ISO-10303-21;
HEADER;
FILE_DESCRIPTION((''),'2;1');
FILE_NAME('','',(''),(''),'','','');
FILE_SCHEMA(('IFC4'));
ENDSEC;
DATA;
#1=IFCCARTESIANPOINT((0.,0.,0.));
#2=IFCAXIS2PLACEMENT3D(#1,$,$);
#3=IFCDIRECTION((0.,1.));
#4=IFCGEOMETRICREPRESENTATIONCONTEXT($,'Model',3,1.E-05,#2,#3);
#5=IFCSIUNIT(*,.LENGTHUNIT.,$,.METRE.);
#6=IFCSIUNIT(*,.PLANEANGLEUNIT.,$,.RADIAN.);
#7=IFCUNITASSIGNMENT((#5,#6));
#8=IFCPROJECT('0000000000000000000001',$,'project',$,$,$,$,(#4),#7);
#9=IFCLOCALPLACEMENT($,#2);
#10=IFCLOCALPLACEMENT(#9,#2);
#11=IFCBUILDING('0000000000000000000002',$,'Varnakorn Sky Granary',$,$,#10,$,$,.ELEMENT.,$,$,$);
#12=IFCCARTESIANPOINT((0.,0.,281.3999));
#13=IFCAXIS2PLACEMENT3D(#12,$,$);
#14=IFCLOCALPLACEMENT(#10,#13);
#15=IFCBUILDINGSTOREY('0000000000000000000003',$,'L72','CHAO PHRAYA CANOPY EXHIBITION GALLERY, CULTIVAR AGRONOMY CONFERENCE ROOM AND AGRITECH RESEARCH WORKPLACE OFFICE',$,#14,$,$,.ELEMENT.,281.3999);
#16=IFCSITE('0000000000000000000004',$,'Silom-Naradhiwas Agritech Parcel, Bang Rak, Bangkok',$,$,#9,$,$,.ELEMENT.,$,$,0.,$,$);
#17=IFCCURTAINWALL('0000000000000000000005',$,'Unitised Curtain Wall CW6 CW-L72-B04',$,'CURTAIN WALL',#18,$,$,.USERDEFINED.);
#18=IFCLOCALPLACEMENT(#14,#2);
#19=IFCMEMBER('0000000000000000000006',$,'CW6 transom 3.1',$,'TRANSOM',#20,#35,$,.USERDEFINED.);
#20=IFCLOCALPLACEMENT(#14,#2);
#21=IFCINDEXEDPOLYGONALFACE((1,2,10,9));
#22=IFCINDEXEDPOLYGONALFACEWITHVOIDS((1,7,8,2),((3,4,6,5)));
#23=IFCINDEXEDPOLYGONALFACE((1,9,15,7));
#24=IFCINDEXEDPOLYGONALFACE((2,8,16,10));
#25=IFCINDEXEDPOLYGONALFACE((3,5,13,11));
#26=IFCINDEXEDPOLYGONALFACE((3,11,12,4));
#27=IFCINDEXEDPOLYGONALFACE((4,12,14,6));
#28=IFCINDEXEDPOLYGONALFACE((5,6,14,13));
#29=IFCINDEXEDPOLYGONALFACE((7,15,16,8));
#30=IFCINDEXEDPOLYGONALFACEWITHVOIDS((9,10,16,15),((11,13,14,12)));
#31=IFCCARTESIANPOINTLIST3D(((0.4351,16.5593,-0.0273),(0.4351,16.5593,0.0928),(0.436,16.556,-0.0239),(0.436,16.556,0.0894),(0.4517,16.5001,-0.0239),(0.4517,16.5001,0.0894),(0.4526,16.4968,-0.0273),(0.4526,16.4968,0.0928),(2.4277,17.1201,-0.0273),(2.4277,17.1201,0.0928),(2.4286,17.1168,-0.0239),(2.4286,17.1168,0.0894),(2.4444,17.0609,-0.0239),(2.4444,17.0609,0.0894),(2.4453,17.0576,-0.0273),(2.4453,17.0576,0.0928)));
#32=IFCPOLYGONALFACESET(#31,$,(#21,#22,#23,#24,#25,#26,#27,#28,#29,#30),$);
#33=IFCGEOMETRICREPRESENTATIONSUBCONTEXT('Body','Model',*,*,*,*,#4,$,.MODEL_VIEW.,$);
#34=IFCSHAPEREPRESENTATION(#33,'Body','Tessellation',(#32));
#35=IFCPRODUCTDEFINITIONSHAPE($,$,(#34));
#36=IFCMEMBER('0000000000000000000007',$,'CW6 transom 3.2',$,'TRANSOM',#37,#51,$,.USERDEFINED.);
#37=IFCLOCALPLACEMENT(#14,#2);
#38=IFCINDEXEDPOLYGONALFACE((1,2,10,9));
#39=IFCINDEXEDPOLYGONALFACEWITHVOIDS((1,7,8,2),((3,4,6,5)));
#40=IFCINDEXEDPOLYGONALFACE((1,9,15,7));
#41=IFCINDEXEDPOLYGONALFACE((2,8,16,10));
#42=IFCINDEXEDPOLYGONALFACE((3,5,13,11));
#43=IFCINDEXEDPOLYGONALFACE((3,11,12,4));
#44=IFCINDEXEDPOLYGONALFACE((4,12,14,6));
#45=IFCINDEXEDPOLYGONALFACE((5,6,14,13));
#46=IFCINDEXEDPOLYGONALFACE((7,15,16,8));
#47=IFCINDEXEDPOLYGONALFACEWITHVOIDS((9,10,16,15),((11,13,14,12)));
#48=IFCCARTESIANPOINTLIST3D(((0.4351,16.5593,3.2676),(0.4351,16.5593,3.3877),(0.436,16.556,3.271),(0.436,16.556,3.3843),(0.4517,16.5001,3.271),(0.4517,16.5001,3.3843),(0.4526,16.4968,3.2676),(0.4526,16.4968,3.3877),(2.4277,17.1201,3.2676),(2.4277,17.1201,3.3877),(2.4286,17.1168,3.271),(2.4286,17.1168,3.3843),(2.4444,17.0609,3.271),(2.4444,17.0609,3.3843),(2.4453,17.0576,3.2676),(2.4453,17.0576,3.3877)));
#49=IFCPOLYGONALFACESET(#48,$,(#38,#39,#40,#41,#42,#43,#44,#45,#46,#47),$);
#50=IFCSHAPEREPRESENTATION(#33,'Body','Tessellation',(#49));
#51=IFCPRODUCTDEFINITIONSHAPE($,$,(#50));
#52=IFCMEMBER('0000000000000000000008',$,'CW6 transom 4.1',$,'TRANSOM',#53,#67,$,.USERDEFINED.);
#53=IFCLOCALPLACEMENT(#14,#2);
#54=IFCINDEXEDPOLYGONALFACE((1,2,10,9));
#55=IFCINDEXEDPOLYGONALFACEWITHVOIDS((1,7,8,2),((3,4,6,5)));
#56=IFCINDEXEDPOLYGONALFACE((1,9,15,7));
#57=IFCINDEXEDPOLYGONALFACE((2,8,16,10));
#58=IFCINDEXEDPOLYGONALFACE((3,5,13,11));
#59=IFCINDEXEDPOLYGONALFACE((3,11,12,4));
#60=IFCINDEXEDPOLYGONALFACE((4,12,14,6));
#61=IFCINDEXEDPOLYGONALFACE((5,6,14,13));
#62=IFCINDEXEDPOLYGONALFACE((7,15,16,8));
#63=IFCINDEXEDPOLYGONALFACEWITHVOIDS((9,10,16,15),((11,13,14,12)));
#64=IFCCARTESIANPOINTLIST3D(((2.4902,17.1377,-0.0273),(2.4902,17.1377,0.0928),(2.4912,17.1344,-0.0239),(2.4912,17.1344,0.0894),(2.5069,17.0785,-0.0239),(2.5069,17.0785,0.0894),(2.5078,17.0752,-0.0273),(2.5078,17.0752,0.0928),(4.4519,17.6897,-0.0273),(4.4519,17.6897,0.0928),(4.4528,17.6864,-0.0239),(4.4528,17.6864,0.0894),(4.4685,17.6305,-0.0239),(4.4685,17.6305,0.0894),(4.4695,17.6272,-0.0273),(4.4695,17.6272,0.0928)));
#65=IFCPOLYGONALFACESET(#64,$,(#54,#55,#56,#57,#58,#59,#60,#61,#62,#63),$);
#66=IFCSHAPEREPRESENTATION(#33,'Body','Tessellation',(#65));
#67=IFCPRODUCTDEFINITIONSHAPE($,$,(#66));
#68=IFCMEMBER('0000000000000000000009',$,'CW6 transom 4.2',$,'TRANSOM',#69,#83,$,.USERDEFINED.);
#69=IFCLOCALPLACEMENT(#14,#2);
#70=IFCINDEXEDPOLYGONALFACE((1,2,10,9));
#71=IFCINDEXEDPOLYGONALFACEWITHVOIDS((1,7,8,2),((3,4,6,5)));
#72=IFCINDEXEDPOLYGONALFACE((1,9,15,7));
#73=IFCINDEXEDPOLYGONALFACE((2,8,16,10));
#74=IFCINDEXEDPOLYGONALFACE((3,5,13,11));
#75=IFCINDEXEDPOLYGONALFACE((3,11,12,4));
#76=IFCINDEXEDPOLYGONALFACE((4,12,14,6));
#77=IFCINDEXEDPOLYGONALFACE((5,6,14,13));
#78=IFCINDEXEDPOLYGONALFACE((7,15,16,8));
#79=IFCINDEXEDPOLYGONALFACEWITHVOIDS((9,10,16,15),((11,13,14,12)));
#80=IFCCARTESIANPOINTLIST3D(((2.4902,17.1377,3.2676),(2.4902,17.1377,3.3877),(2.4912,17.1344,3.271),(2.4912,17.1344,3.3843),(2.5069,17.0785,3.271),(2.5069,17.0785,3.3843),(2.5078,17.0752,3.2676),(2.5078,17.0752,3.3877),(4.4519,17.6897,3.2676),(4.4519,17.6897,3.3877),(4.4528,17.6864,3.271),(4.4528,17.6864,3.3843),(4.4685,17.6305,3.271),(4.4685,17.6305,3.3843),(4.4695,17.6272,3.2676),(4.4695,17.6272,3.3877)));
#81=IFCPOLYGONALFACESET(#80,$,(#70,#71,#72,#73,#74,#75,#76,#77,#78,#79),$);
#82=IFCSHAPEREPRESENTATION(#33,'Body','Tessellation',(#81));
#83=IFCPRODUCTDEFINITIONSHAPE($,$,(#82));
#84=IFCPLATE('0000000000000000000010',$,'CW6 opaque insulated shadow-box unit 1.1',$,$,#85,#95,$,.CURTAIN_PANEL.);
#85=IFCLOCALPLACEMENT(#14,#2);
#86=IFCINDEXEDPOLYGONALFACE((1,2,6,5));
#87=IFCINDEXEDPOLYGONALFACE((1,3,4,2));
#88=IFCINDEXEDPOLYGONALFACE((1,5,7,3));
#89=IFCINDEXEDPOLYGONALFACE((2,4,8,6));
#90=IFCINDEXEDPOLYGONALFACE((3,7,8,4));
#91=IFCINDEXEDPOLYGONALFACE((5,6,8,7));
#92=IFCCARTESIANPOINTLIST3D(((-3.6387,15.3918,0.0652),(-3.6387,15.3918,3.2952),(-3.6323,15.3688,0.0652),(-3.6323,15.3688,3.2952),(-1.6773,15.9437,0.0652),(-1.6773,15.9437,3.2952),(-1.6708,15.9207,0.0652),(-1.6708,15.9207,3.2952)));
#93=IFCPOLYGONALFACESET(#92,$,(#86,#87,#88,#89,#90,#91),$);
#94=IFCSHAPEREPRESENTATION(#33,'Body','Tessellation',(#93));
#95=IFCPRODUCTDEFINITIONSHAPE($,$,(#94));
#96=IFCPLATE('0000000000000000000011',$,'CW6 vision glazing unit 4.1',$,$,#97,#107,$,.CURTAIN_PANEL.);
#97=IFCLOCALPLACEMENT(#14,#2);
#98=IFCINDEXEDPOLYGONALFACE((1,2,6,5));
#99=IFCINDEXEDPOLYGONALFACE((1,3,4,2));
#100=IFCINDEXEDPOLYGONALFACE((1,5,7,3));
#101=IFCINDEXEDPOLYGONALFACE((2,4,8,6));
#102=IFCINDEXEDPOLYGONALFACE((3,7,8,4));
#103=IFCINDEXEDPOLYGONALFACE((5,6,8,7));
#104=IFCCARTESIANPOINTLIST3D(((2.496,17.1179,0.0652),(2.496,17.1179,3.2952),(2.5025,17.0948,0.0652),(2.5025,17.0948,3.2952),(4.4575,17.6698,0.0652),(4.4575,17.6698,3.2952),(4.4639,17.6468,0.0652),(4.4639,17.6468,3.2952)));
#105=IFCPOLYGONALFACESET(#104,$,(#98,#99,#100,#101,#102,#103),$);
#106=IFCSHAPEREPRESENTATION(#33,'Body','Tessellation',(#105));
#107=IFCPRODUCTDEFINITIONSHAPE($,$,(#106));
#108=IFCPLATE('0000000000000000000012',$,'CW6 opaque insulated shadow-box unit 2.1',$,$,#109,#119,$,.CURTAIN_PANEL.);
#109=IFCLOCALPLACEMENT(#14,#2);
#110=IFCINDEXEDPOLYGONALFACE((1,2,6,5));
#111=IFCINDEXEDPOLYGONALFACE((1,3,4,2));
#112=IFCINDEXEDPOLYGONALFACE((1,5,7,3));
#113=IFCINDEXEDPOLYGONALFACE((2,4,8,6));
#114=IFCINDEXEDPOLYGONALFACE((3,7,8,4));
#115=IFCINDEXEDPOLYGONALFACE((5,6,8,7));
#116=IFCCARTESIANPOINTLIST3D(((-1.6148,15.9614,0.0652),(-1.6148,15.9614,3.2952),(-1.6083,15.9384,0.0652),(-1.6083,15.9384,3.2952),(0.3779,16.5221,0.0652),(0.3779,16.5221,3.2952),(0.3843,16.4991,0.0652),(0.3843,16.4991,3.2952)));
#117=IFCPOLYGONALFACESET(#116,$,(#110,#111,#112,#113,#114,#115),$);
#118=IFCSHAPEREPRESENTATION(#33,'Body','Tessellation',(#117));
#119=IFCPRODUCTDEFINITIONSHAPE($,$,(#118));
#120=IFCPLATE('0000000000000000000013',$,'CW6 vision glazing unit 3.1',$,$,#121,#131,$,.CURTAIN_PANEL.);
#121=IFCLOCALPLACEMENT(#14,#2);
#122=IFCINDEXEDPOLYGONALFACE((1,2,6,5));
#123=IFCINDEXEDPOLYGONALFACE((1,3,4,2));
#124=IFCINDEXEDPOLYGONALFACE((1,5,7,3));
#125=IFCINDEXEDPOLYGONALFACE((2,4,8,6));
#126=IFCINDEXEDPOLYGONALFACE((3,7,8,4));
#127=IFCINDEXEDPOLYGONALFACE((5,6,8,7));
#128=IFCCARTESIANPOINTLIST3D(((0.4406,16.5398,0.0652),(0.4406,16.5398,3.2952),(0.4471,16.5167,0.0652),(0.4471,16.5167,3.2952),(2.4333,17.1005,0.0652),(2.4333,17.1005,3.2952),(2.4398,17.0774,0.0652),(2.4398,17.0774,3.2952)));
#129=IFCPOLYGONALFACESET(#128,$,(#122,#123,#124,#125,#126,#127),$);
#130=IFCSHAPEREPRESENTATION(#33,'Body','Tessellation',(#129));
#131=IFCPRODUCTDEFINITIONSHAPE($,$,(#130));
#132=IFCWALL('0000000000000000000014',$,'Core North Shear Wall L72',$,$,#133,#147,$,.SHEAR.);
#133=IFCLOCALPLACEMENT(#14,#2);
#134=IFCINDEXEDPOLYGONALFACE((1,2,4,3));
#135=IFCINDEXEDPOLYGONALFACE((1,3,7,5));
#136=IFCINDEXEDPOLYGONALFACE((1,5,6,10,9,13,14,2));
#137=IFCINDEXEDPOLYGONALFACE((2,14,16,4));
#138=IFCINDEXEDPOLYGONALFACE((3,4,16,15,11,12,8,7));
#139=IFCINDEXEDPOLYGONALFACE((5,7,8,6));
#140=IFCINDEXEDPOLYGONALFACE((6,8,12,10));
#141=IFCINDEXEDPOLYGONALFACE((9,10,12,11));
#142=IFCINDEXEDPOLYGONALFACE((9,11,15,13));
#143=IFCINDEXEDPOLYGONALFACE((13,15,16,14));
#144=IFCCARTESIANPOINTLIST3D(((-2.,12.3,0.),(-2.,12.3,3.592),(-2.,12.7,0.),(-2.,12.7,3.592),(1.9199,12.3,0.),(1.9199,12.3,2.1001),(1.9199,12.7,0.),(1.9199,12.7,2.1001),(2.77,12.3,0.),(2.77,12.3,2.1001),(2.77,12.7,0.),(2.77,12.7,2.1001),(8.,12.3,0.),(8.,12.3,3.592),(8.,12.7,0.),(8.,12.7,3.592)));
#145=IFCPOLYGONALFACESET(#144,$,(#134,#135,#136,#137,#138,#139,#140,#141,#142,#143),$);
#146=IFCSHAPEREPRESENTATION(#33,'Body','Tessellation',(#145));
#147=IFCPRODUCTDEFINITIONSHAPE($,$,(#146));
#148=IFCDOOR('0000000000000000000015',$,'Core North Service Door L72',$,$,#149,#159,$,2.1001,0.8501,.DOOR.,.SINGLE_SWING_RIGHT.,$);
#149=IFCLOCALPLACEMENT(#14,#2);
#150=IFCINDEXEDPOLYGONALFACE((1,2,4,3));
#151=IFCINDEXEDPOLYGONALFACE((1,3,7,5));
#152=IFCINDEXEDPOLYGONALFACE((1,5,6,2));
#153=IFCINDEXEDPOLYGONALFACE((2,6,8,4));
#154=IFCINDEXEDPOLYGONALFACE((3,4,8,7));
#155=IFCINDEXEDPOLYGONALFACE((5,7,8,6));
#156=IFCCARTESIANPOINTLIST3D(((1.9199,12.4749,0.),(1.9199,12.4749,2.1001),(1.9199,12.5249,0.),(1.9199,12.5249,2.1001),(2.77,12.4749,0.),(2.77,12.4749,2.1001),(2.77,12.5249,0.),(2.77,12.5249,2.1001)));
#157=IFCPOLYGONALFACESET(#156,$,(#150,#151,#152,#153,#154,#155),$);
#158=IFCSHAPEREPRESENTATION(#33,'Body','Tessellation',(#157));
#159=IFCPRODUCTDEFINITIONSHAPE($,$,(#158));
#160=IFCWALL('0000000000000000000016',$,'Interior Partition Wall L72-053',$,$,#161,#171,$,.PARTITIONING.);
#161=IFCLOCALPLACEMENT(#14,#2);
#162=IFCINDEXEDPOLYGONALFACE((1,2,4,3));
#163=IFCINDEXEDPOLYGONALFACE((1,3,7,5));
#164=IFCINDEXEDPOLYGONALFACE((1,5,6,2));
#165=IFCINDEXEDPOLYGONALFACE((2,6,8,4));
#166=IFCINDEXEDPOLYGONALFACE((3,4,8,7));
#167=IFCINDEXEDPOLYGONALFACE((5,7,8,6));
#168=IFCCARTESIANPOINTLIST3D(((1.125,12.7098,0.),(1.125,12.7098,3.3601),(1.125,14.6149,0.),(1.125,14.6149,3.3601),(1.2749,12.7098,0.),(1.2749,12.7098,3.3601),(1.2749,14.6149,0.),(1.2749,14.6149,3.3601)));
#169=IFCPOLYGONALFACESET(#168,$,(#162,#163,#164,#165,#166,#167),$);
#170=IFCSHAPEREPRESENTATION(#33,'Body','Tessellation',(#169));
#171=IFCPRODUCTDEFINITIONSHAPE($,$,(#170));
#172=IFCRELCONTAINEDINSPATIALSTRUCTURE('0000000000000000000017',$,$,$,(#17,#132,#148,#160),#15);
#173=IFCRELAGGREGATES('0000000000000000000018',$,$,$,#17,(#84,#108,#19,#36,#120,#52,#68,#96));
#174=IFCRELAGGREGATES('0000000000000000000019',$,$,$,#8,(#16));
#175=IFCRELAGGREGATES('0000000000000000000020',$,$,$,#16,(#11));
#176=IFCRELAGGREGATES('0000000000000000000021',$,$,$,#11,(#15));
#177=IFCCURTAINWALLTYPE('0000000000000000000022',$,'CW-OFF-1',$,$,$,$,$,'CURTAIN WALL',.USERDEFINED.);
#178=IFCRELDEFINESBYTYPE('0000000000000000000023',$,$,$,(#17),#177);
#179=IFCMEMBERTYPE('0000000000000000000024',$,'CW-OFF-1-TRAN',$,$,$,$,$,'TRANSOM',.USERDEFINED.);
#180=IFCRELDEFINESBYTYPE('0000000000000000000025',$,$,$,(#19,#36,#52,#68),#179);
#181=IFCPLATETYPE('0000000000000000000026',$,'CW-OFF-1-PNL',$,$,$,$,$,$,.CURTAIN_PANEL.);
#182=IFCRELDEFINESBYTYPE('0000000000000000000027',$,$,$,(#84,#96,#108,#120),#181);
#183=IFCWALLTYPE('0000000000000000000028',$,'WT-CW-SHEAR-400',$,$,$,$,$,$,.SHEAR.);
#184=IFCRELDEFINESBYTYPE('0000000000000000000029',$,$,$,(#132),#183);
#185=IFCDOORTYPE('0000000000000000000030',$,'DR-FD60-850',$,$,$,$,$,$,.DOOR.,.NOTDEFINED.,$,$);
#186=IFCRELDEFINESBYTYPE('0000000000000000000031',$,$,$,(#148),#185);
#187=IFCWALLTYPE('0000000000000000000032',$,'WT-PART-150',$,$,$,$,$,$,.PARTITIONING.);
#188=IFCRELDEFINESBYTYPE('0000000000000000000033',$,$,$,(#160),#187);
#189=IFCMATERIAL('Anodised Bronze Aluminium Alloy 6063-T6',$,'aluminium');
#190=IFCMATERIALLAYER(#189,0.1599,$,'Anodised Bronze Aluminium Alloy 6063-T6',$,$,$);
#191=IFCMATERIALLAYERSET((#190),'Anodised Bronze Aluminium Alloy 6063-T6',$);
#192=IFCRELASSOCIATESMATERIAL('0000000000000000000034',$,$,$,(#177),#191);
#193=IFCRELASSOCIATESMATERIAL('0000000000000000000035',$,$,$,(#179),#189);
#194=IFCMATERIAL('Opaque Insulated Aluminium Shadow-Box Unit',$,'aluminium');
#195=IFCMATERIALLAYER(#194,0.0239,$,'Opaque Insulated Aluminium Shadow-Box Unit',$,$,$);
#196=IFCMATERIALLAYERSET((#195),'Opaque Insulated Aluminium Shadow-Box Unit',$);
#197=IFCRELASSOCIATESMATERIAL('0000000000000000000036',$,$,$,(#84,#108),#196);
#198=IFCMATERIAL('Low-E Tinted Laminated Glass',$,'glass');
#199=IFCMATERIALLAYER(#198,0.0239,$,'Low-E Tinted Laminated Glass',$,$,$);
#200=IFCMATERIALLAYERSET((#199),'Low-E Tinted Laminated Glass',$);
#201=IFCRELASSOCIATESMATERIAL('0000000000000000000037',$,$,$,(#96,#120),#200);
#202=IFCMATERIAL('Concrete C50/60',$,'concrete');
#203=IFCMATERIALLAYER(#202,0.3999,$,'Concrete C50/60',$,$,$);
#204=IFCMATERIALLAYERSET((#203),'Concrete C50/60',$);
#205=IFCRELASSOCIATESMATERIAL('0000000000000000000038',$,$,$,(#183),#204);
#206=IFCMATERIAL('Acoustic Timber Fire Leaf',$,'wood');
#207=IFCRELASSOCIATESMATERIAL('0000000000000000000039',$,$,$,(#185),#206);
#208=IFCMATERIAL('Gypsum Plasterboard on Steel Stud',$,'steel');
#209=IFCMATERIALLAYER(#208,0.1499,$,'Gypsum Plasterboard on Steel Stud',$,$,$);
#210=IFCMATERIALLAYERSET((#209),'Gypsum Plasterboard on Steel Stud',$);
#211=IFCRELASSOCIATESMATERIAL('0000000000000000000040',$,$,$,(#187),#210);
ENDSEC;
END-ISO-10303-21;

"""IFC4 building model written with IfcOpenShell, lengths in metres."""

from ifc_helpers import new_model, si_unit, direction, frame, frame_2d, origin, origin_2d, place, context, subcontext, project, spatial, rectangle, hollow_rectangle, extrude, source, transform, mapped, material, layer, layer_set, material_profile, profile_set, type_object, type_shapes, element, fill, aggregate, save


model = new_model("IFC4")

# Units and contexts
model_context = context("Model", 3, precision=1e-05, world=origin(), true_north=direction((0.0, 1.0)))
body_context = subcontext(model_context, "Body", "Model", "MODEL_VIEW")
ifc_project = project(units=[si_unit("LENGTHUNIT", "METRE"), si_unit("PLANEANGLEUNIT", "RADIAN")], contexts=[model_context])

# Site, building, storey
site_placement = place(None, origin())
site = spatial("IfcSite", under=ifc_project, at=site_placement, Name="Silom-Naradhiwas Agritech Parcel, Bang Rak, Bangkok", CompositionType="ELEMENT", RefElevation=0.0)
building_placement = place(site_placement, origin())
building = spatial("IfcBuilding", under=site, at=building_placement, Name="Varnakorn Sky Granary", CompositionType="ELEMENT")
storey_placement = place(building_placement, frame((0.0, 0.0, 281.3999)))
storey = spatial("IfcBuildingStorey", under=building, at=storey_placement, Name="L72", Description="CHAO PHRAYA CANOPY EXHIBITION GALLERY, CULTIVAR AGRONOMY CONFERENCE ROOM AND AGRITECH RESEARCH WORKPLACE OFFICE", CompositionType="ELEMENT", Elevation=281.3999)

# Shared definitions
ifc_material_1 = material(Name="Concrete C50/60", Category="concrete")

# Curtain wall, members, plates
ifc_material_2 = material(Name="Anodised Bronze Aluminium Alloy 6063-T6", Category="aluminium")
ifc_layer_1 = layer(ifc_material_2, 0.1599, Name="Anodised Bronze Aluminium Alloy 6063-T6")
ifc_layer_set_1 = layer_set([ifc_layer_1], Name="Anodised Bronze Aluminium Alloy 6063-T6")
curtain_wall_type = type_object("IfcCurtainWallType", Name="CW-OFF-1", ElementType="CURTAIN WALL", PredefinedType="USERDEFINED", material=ifc_layer_set_1)
curtain_wall_placement = place(storey_placement, origin())
curtain_wall = element("IfcCurtainWall", 1, at=curtain_wall_placement, inside=storey, type_object=curtain_wall_type, Name="Unitised Curtain Wall CW6 CW-L72-B04", ObjectType="CURTAIN WALL", PredefinedType="USERDEFINED")
ifc_material_profile_1 = material_profile(ifc_material_2, hollow_rectangle(XDim=0.0649, YDim=0.1201, WallThickness=0.0034, at=origin_2d()), Name="ALU TRAN 65x120")
ifc_profile_set_1 = profile_set([ifc_material_profile_1], Name="Anodised Bronze Aluminium Alloy 6063-T6")
member_type_1 = type_object("IfcMemberType", Name="CW-OFF-1-TRAN", ElementType="TRANSOM", PredefinedType="USERDEFINED", material=ifc_profile_set_1)
member_1_placement = place(storey_placement, frame((0.4438, 16.5281, 0.0327), z_axis=(0.962607, 0.270903, 0.0), x_axis=(-0.270903, 0.962607, 0.0)))
member_1 = element("IfcMember", 2, at=member_1_placement, type_object=member_type_1, Name="CW6 transom 3.1", ObjectType="TRANSOM", PredefinedType="USERDEFINED", context=body_context, shape_type="SweptSolid", body=[
    extrude(hollow_rectangle(XDim=0.0649, YDim=0.1201, WallThickness=0.0034, at=origin_2d()), origin(), (0.0, 0.0, 1.0), 2.0701),
])
member_2_placement = place(storey_placement, frame((0.4438, 16.5281, 3.3276), z_axis=(0.962607, 0.270903, 0.0), x_axis=(-0.270903, 0.962607, 0.0)))
member_2 = element("IfcMember", 3, at=member_2_placement, type_object=member_type_1, Name="CW6 transom 3.2", ObjectType="TRANSOM", PredefinedType="USERDEFINED", context=body_context, shape_type="SweptSolid", body=[
    extrude(hollow_rectangle(XDim=0.0649, YDim=0.1201, WallThickness=0.0034, at=origin_2d()), origin(), (0.0, 0.0, 1.0), 2.0701),
])
member_3_placement = place(storey_placement, frame((2.499, 17.1064, 0.0327), z_axis=(0.962615, 0.270874, 0.0), x_axis=(-0.270874, 0.962615, 0.0)))
member_3 = element("IfcMember", 4, at=member_3_placement, type_object=member_type_1, Name="CW6 transom 4.1", ObjectType="TRANSOM", PredefinedType="USERDEFINED", context=body_context, shape_type="SweptSolid", body=[
    extrude(hollow_rectangle(XDim=0.0649, YDim=0.1201, WallThickness=0.0034, at=origin_2d()), origin(), (0.0, 0.0, 1.0), 2.0378),
])
member_4_placement = place(storey_placement, frame((2.499, 17.1064, 3.3276), z_axis=(0.962615, 0.270874, 0.0), x_axis=(-0.270874, 0.962615, 0.0)))
member_4 = element("IfcMember", 5, at=member_4_placement, type_object=member_type_1, Name="CW6 transom 4.2", ObjectType="TRANSOM", PredefinedType="USERDEFINED", context=body_context, shape_type="SweptSolid", body=[
    extrude(hollow_rectangle(XDim=0.0649, YDim=0.1201, WallThickness=0.0034, at=origin_2d()), origin(), (0.0, 0.0, 1.0), 2.0378),
])
ifc_material_3 = material(Name="Opaque Insulated Aluminium Shadow-Box Unit", Category="aluminium")
ifc_layer_2 = layer(ifc_material_3, 0.0239, Name="Opaque Insulated Aluminium Shadow-Box Unit")
ifc_layer_set_2 = layer_set([ifc_layer_2], Name="Opaque Insulated Aluminium Shadow-Box Unit")
plate_type = type_object("IfcPlateType", Name="CW-OFF-1-PNL", PredefinedType="CURTAIN_PANEL")
shared_shape_1 = source(origin(), body_context, "Body", "SweptSolid", [
    extrude(rectangle(XDim=2.0376, YDim=0.0239, at=origin_2d()), origin(), (0.0, 0.0, 1.0), 3.23),
])
plate_1_placement = place(storey_placement, frame((-2.6548, 15.6562, 0.0652), z_axis=(0.0, 0.0, 1.0), x_axis=(0.962616, 0.270868, 0.0)))
plate_1 = element("IfcPlate", 6, at=plate_1_placement, type_object=plate_type, material=ifc_layer_set_2, Name="CW6 opaque insulated shadow-box unit 1.1", PredefinedType="CURTAIN_PANEL", context=body_context, shape_type="MappedRepresentation", body=[
    mapped(shared_shape_1, transform((0.0, 0.0, 0.0), x_axis=(1.0, 0.0, 0.0), y_axis=(0.0, 1.0, 0.0), z_axis=(0.0, 0.0, 1.0), scale=1.0)),
])
ifc_material_4 = material(Name="Low-E Tinted Laminated Glass", Category="glass")
ifc_layer_3 = layer(ifc_material_4, 0.0239, Name="Low-E Tinted Laminated Glass")
ifc_layer_set_3 = layer_set([ifc_layer_3], Name="Low-E Tinted Laminated Glass")
plate_2_placement = place(storey_placement, frame((3.48, 17.3823, 0.0652), z_axis=(0.0, 0.0, 1.0), x_axis=(0.962616, 0.270868, 0.0)))
plate_2 = element("IfcPlate", 7, at=plate_2_placement, type_object=plate_type, material=ifc_layer_set_3, Name="CW6 vision glazing unit 4.1", PredefinedType="CURTAIN_PANEL", context=body_context, shape_type="MappedRepresentation", body=[
    mapped(shared_shape_1, transform((0.0, 0.0, 0.0), x_axis=(1.0, 0.0, 0.0), y_axis=(0.0, 1.0, 0.0), z_axis=(0.0, 0.0, 1.0), scale=1.0)),
])
shared_shape_2 = source(origin(), body_context, "Body", "SweptSolid", [
    extrude(rectangle(XDim=2.0701, YDim=0.0239, at=origin_2d()), origin(), (0.0, 0.0, 1.0), 3.23),
])
type_shapes(plate_type, [shared_shape_1, shared_shape_2])
plate_3_placement = place(storey_placement, frame((-0.6152, 16.2302, 0.0652), z_axis=(0.0, 0.0, 1.0), x_axis=(0.962616, 0.270868, 0.0)))
plate_3 = element("IfcPlate", 8, at=plate_3_placement, type_object=plate_type, material=ifc_layer_set_2, Name="CW6 opaque insulated shadow-box unit 2.1", PredefinedType="CURTAIN_PANEL", context=body_context, shape_type="MappedRepresentation", body=[
    mapped(shared_shape_2, transform((0.0, 0.0, 0.0), x_axis=(1.0, 0.0, 0.0), y_axis=(0.0, 1.0, 0.0), z_axis=(0.0, 0.0, 1.0), scale=1.0)),
])
plate_4_placement = place(storey_placement, frame((1.4402, 16.8086, 0.0652), z_axis=(0.0, 0.0, 1.0), x_axis=(0.962616, 0.270868, 0.0)))
plate_4 = element("IfcPlate", 9, at=plate_4_placement, type_object=plate_type, material=ifc_layer_set_3, Name="CW6 vision glazing unit 3.1", PredefinedType="CURTAIN_PANEL", context=body_context, shape_type="MappedRepresentation", body=[
    mapped(shared_shape_2, transform((0.0, 0.0, 0.0), x_axis=(1.0, 0.0, 0.0), y_axis=(0.0, 1.0, 0.0), z_axis=(0.0, 0.0, 1.0), scale=1.0)),
])
aggregate(curtain_wall, [plate_1, plate_3, member_1, member_2, plate_4, member_3, member_4, plate_2])

# Wall, opening, door
ifc_layer_4 = layer(ifc_material_1, 0.3999, Name="Concrete C50/60")
ifc_layer_set_4 = layer_set([ifc_layer_4], Name="Concrete C50/60")
wall_type_1 = type_object("IfcWallType", Name="WT-CW-SHEAR-400", PredefinedType="SHEAR", material=ifc_layer_set_4)
wall_1_placement = place(storey_placement, frame((-2.0, 12.5, 0.0), z_axis=(0.0, 0.0, 1.0), x_axis=(1.0, 0.0, 0.0)))
wall_1 = element("IfcWall", 10, at=wall_1_placement, inside=storey, type_object=wall_type_1, Name="Core North Shear Wall L72", PredefinedType="SHEAR", context=body_context, shape_type="SweptSolid", body=[
    extrude(rectangle(XDim=10.0, YDim=0.3999, at=frame_2d((5.0, 0.0))), origin(), (0.0, 0.0, 1.0), 3.592),
])
opening_placement = place(wall_1_placement, frame((3.9199, 0.0, 0.0)))
opening = element("IfcOpeningElement", 11, at=opening_placement, cuts=wall_1, PredefinedType="OPENING", context=body_context, shape_type="SweptSolid", body=[
    extrude(rectangle(XDim=0.8501, YDim=2.1001, at=frame_2d((0.425, 1.05))), frame((0.0, 0.21, 0.0), z_axis=(0.0, -1.0, 0.0), x_axis=(1.0, 0.0, 0.0)), (0.0, 0.0, 1.0), 0.4199),
])
ifc_material_5 = material(Name="Acoustic Timber Fire Leaf", Category="wood")
door_type = type_object("IfcDoorType", Name="DR-FD60-850", OperationType="NOTDEFINED", PredefinedType="DOOR", material=ifc_material_5)
door_placement = place(opening_placement, origin())
door = element("IfcDoor", 12, at=door_placement, inside=storey, type_object=door_type, Name="Core North Service Door L72", OperationType="SINGLE_SWING_RIGHT", OverallHeight=2.1001, OverallWidth=0.8501, PredefinedType="DOOR", context=body_context, shape_type="SweptSolid", body=[
    extrude(rectangle(XDim=0.8501, YDim=2.1001, at=frame_2d((0.425, 1.05))), frame((0.0, 0.0249, 0.0), z_axis=(0.0, -1.0, 0.0), x_axis=(1.0, 0.0, 0.0)), (0.0, 0.0, 1.0), 0.05),
])
fill(opening, door)

# Wall
ifc_material_6 = material(Name="Gypsum Plasterboard on Steel Stud", Category="steel")
ifc_layer_5 = layer(ifc_material_6, 0.1499, Name="Gypsum Plasterboard on Steel Stud")
ifc_layer_set_5 = layer_set([ifc_layer_5], Name="Gypsum Plasterboard on Steel Stud")
wall_type_2 = type_object("IfcWallType", Name="WT-PART-150", PredefinedType="PARTITIONING", material=ifc_layer_set_5)
wall_2_placement = place(storey_placement, frame((1.2, 14.615, 0.0), z_axis=(0.0, 0.0, 1.0), x_axis=(0.0, -1.0, 0.0)))
element("IfcWall", 13, at=wall_2_placement, inside=storey, type_object=wall_type_2, Name="Interior Partition Wall L72-053", PredefinedType="PARTITIONING", context=body_context, shape_type="SweptSolid", body=[
    extrude(rectangle(XDim=1.905, YDim=0.1499, at=frame_2d((0.9526, 0.0))), origin(), (0.0, 0.0, 1.0), 3.3601),
])

save(model, "model.ifc")
